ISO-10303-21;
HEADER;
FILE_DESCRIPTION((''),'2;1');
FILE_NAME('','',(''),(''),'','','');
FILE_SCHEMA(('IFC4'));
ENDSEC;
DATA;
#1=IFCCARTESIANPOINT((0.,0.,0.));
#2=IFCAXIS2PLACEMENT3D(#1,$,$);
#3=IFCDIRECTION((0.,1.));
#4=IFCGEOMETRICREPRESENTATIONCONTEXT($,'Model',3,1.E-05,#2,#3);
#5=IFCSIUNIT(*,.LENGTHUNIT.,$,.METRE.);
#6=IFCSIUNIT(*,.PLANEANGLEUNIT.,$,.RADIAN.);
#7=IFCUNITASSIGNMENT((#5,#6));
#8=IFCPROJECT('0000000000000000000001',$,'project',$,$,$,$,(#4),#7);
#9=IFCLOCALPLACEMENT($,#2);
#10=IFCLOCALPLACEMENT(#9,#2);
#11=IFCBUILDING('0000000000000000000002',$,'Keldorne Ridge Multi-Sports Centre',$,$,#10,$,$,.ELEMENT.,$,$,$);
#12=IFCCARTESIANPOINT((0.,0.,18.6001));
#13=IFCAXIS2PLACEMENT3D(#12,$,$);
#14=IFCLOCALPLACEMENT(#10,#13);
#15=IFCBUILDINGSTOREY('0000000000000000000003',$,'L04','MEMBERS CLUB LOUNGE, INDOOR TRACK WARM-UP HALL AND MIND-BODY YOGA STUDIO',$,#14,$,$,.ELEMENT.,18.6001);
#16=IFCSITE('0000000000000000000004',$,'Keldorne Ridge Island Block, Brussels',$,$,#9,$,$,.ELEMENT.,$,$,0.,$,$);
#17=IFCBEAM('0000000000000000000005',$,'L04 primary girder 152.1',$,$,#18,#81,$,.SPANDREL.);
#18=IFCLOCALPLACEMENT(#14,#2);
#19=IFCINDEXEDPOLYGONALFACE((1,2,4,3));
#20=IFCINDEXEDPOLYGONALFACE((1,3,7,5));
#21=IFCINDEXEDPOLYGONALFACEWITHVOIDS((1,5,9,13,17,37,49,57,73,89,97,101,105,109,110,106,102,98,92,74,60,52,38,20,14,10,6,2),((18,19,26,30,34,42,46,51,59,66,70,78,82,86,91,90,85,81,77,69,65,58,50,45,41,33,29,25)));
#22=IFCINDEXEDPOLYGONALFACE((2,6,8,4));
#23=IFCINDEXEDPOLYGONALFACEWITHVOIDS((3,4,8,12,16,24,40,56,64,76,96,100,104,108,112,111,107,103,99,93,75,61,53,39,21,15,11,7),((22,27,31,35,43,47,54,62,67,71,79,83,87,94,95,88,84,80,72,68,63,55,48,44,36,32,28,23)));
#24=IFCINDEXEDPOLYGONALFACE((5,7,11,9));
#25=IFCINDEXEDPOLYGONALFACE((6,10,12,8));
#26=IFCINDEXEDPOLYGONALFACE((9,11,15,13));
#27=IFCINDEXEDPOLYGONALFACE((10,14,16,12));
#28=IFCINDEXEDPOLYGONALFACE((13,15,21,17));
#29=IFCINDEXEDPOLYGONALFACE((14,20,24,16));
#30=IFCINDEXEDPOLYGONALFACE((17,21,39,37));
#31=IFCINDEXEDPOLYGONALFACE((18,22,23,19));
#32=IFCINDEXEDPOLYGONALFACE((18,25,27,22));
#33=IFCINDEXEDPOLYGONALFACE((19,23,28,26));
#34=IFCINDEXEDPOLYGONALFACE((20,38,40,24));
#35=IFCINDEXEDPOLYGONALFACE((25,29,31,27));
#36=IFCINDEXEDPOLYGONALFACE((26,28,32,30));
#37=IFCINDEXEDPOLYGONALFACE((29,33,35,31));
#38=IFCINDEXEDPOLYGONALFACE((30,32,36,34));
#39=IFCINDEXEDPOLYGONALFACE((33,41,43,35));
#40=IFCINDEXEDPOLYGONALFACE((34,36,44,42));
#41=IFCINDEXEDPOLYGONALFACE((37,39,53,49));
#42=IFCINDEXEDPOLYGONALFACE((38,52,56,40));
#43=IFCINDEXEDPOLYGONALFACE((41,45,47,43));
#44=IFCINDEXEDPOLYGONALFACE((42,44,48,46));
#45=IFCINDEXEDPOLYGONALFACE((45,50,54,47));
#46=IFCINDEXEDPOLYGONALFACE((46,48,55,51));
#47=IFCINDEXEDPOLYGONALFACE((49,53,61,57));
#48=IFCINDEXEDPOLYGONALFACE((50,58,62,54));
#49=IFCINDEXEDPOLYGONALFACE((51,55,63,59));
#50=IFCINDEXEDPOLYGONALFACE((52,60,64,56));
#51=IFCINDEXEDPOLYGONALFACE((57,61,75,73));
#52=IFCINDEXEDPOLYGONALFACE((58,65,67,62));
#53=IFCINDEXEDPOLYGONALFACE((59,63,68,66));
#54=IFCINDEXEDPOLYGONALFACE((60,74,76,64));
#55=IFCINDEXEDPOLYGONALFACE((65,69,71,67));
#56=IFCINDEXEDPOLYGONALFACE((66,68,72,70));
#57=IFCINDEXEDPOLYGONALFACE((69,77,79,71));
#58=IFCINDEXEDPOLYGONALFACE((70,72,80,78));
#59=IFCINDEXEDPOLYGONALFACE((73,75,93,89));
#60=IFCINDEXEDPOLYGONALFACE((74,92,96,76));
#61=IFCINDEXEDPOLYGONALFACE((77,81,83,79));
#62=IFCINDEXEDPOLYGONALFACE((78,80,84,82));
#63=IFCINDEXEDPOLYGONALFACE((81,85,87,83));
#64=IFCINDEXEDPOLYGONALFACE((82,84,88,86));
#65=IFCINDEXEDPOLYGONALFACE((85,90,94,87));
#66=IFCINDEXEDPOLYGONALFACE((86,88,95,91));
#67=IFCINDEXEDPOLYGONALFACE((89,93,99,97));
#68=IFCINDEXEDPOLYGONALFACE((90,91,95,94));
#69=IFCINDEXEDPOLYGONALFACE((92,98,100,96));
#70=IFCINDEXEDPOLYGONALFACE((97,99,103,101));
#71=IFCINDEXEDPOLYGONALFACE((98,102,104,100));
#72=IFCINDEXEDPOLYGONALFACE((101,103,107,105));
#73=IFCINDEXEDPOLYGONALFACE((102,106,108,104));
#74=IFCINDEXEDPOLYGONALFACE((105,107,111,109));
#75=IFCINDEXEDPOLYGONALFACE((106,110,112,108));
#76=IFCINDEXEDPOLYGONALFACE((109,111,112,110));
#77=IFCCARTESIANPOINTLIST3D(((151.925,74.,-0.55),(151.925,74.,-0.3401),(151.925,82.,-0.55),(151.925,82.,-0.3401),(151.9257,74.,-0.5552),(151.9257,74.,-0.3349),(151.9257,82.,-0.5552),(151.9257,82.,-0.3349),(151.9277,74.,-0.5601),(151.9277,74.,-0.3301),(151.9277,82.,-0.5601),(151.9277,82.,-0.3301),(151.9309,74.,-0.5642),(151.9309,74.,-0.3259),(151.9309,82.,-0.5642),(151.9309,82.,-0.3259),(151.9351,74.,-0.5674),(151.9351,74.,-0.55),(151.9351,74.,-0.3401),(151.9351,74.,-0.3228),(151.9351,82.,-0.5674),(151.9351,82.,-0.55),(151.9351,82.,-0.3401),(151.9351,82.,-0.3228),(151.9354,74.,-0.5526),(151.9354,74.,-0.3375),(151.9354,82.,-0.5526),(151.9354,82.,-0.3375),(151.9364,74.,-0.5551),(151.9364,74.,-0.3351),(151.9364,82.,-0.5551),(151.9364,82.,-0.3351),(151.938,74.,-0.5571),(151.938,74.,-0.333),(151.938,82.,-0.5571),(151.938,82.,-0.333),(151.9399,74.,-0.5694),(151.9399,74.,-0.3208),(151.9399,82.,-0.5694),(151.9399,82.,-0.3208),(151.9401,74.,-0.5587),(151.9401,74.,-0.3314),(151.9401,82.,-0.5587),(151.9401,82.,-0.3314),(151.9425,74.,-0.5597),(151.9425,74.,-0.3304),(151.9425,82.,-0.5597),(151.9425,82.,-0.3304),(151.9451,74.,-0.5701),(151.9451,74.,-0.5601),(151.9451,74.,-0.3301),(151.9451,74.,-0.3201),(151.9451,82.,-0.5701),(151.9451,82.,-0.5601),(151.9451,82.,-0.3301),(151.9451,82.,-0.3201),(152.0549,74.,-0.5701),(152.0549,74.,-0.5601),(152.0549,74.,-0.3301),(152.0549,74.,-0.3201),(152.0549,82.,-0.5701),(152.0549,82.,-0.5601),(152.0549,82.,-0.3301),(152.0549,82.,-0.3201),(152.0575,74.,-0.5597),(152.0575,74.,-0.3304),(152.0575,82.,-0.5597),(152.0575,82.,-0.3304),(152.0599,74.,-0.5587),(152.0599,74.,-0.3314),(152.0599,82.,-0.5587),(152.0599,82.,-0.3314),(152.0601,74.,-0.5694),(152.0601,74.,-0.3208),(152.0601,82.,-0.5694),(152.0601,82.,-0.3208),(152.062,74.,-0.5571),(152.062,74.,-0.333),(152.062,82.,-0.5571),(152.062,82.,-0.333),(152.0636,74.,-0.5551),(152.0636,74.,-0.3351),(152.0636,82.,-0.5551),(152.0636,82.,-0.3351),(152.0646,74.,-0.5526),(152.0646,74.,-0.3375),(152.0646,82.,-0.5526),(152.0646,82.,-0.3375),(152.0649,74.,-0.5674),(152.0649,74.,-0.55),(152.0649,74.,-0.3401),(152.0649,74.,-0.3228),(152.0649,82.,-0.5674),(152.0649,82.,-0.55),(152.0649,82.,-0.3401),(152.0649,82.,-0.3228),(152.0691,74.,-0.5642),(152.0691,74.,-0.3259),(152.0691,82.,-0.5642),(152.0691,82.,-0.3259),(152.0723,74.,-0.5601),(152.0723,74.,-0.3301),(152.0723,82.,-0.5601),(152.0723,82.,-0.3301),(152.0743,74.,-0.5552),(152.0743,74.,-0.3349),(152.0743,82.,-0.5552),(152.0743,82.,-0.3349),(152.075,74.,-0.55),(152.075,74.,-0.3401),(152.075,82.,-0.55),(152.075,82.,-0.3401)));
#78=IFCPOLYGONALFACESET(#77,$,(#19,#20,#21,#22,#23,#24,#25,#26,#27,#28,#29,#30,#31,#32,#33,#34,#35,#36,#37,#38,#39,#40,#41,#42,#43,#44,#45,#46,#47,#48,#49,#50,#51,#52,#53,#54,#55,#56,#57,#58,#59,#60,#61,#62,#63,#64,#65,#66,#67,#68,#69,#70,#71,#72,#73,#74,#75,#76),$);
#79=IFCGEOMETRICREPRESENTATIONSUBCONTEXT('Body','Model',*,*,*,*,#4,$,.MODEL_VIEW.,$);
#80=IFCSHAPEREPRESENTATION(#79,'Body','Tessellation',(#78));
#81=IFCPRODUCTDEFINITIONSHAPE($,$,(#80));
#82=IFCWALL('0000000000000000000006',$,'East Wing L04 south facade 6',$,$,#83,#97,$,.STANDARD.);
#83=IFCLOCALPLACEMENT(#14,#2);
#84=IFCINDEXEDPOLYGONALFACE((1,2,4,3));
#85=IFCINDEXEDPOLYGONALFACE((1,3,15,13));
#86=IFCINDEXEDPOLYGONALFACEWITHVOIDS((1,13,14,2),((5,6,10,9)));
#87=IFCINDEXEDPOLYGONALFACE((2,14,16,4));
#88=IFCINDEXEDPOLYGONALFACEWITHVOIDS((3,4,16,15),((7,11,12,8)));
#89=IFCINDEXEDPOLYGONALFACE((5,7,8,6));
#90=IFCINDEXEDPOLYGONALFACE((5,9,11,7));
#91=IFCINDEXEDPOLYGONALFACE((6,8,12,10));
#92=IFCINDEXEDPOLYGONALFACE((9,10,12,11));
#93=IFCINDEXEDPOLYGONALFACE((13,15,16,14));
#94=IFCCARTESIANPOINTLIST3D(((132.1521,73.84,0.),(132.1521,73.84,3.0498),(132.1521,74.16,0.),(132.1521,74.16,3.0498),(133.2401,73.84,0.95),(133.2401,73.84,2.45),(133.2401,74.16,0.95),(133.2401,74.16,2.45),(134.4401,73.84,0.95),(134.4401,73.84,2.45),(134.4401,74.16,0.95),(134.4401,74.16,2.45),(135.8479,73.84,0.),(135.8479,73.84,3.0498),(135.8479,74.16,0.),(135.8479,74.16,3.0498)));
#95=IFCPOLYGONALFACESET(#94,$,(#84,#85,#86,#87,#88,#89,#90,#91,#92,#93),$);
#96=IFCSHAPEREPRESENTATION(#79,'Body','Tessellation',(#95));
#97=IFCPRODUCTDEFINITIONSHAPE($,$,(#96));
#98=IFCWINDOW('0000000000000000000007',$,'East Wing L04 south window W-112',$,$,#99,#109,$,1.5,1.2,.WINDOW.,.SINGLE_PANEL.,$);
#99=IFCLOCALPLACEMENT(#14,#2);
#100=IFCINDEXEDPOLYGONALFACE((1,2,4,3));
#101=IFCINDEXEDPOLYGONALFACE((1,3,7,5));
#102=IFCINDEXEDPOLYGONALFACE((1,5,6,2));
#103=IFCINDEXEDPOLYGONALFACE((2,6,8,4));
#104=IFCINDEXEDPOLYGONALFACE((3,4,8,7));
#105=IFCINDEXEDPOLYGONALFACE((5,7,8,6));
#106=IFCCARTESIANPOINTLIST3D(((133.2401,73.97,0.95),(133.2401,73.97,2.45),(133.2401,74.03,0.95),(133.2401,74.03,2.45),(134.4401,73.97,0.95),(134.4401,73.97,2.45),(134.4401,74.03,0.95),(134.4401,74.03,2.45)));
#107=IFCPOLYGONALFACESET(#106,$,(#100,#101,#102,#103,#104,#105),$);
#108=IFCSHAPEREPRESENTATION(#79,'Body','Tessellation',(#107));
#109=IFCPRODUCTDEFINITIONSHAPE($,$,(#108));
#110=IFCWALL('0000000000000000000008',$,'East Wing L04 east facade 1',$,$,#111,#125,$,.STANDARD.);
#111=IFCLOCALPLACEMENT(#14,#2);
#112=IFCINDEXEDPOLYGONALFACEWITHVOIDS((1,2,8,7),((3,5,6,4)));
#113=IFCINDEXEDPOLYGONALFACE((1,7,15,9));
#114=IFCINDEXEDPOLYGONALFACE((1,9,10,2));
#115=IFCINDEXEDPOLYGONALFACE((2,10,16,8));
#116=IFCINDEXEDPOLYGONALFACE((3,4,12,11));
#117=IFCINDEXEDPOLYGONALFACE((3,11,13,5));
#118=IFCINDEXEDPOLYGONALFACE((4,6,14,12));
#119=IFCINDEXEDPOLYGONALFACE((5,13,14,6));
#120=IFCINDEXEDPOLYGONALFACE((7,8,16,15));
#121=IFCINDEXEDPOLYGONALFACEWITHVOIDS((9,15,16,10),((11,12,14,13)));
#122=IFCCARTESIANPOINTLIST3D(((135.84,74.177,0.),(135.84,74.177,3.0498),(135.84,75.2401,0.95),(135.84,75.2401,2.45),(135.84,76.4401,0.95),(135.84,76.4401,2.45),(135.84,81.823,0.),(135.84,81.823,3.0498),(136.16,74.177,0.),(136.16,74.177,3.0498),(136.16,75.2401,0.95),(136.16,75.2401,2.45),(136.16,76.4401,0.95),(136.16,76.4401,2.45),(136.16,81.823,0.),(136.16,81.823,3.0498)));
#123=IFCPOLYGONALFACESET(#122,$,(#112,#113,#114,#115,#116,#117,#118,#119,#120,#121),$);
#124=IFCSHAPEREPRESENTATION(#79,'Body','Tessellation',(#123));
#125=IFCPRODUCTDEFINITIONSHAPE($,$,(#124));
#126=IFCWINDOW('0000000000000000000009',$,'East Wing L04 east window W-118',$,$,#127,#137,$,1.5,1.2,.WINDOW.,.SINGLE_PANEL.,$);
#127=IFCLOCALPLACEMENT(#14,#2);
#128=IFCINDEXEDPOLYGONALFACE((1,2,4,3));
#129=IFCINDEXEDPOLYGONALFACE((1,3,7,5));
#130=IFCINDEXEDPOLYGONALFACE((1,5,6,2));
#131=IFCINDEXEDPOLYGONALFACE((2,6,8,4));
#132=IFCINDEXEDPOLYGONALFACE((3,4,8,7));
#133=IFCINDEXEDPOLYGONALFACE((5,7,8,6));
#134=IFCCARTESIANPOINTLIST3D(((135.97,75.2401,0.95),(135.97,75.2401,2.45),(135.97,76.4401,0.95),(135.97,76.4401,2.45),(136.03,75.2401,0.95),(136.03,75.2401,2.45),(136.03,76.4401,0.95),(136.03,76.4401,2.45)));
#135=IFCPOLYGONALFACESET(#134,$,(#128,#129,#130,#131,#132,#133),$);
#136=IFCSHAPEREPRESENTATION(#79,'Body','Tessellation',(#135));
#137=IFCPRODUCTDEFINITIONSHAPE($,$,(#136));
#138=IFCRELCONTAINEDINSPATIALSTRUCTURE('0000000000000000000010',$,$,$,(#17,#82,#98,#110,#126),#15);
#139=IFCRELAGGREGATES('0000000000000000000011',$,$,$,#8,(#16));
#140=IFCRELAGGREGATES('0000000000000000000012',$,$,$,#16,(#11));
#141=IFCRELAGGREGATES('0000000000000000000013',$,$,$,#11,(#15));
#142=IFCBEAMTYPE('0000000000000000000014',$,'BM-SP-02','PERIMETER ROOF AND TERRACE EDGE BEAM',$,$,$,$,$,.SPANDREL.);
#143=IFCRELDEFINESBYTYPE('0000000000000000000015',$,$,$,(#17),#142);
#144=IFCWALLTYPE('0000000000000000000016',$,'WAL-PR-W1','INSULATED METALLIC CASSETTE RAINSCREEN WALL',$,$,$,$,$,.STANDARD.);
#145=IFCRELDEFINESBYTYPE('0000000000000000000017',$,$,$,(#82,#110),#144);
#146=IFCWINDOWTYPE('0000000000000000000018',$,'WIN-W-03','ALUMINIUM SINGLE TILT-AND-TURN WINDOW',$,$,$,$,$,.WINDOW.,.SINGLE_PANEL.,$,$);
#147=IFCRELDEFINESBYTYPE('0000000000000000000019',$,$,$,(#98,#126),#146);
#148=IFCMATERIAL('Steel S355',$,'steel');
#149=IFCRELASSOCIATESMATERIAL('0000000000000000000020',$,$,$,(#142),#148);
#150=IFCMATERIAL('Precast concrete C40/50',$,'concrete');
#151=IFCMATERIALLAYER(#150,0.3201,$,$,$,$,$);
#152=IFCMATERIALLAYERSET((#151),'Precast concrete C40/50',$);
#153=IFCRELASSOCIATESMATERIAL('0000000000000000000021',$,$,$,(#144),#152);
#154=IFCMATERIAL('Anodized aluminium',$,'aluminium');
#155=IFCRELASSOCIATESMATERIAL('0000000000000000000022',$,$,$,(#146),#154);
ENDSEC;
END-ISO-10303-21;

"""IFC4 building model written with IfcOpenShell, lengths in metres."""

from ifc_helpers import new_model, si_unit, direction, frame, frame_2d, origin, origin_2d, place, context, subcontext, project, spatial, rectangle, hollow_rectangle, extrude, material, layer, layer_set, material_profile, profile_set, type_object, element, fill, save


model = new_model("IFC4")

# Units and contexts
model_context = context("Model", 3, precision=1e-05, world=origin(), true_north=direction((0.0, 1.0)))
body_context = subcontext(model_context, "Body", "Model", "MODEL_VIEW")
ifc_project = project(units=[si_unit("LENGTHUNIT", "METRE"), si_unit("PLANEANGLEUNIT", "RADIAN")], contexts=[model_context])

# Site, building, storey
site_placement = place(None, origin())
site = spatial("IfcSite", under=ifc_project, at=site_placement, Name="Keldorne Ridge Island Block, Brussels", CompositionType="ELEMENT", RefElevation=0.0)
building_placement = place(site_placement, origin())
building = spatial("IfcBuilding", under=site, at=building_placement, Name="Keldorne Ridge Multi-Sports Centre", CompositionType="ELEMENT")
storey_placement = place(building_placement, frame((0.0, 0.0, 18.6001)))
storey = spatial("IfcBuildingStorey", under=building, at=storey_placement, Name="L04", Description="MEMBERS CLUB LOUNGE, INDOOR TRACK WARM-UP HALL AND MIND-BODY YOGA STUDIO", CompositionType="ELEMENT", Elevation=18.6001)

# Shared definitions
ifc_material_1 = material(Name="Steel S355", Category="steel")

# Beam
ifc_material_profile_1 = material_profile(ifc_material_1, hollow_rectangle(XDim=0.1499, YDim=0.25, WallThickness=0.01, InnerFilletRadius=0.01, OuterFilletRadius=0.02, at=origin_2d()), Name="RHS 250x150x10")
ifc_profile_set_1 = profile_set([ifc_material_profile_1], Name="Steel S355")
beam_type_1 = type_object("IfcBeamType", Name="BM-SP-02", Description="PERIMETER ROOF AND TERRACE EDGE BEAM", PredefinedType="SPANDREL", material=ifc_profile_set_1)
beam_1_placement = place(storey_placement, frame((152.0, 74.0, -0.4451), z_axis=(0.0, 1.0, 0.0), x_axis=(-1.0, 0.0, 0.0)))
element("IfcBeam", 1, at=beam_1_placement, inside=storey, type_object=beam_type_1, Name="L04 primary girder 152.1", PredefinedType="SPANDREL", context=body_context, shape_type="SweptSolid", body=[
    extrude(hollow_rectangle(XDim=0.1499, YDim=0.25, WallThickness=0.01, InnerFilletRadius=0.01, OuterFilletRadius=0.02, at=origin_2d()), origin(), (0.0, 0.0, 1.0), 8.0),
])

# Walls, openings, windows
ifc_material_2 = material(Name="Precast concrete C40/50", Category="concrete")
ifc_layer = layer(ifc_material_2, 0.3201)
ifc_layer_set = layer_set([ifc_layer], Name="Precast concrete C40/50")
wall_type = type_object("IfcWallType", Name="WAL-PR-W1", Description="INSULATED METALLIC CASSETTE RAINSCREEN WALL", PredefinedType="STANDARD", material=ifc_layer_set)
wall_1_placement = place(storey_placement, frame((132.1521, 74.0, 0.0), z_axis=(0.0, 0.0, 1.0), x_axis=(1.0, 0.0, 0.0)))
wall_1 = element("IfcWall", 2, at=wall_1_placement, inside=storey, type_object=wall_type, Name="East Wing L04 south facade 6", PredefinedType="STANDARD", context=body_context, shape_type="SweptSolid", body=[
    extrude(rectangle(XDim=3.6958, YDim=0.3201, at=frame_2d((1.8479, 0.0))), origin(), (0.0, 0.0, 1.0), 3.0498),
])
opening_1_placement = place(wall_1_placement, frame((1.0879, 0.0, 0.95)))
opening_1 = element("IfcOpeningElement", 3, at=opening_1_placement, cuts=wall_1, PredefinedType="OPENING", context=body_context, shape_type="SweptSolid", body=[
    extrude(rectangle(XDim=1.2, YDim=1.5, at=frame_2d((0.6001, 0.75))), frame((0.0, 0.1699, 0.0), z_axis=(0.0, -1.0, 0.0), x_axis=(1.0, 0.0, 0.0)), (0.0, 0.0, 1.0), 0.3401),
])
ifc_material_3 = material(Name="Anodized aluminium", Category="aluminium")
window_type = type_object("IfcWindowType", Name="WIN-W-03", Description="ALUMINIUM SINGLE TILT-AND-TURN WINDOW", PartitioningType="SINGLE_PANEL", PredefinedType="WINDOW", material=ifc_material_3)
window_1_placement = place(opening_1_placement, origin())
window_1 = element("IfcWindow", 4, at=window_1_placement, inside=storey, type_object=window_type, Name="East Wing L04 south window W-112", OverallHeight=1.5, OverallWidth=1.2, PartitioningType="SINGLE_PANEL", PredefinedType="WINDOW", context=body_context, shape_type="SweptSolid", body=[
    extrude(rectangle(XDim=1.2, YDim=1.5, at=frame_2d((0.6001, 0.75))), frame((0.0, 0.03, 0.0), z_axis=(0.0, -1.0, 0.0), x_axis=(1.0, 0.0, 0.0)), (0.0, 0.0, 1.0), 0.0601),
])
fill(opening_1, window_1)
wall_2_placement = place(storey_placement, frame((136.0, 74.177, 0.0), z_axis=(0.0, 0.0, 1.0), x_axis=(0.0, 1.0, 0.0)))
wall_2 = element("IfcWall", 5, at=wall_2_placement, inside=storey, type_object=wall_type, Name="East Wing L04 east facade 1", PredefinedType="STANDARD", context=body_context, shape_type="SweptSolid", body=[
    extrude(rectangle(XDim=7.646, YDim=0.3201, at=frame_2d((3.823, 0.0))), origin(), (0.0, 0.0, 1.0), 3.0498),
])
opening_2_placement = place(wall_2_placement, frame((1.063, 0.0, 0.95)))
opening_2 = element("IfcOpeningElement", 6, at=opening_2_placement, cuts=wall_2, PredefinedType="OPENING", context=body_context, shape_type="SweptSolid", body=[
    extrude(rectangle(XDim=1.2, YDim=1.5, at=frame_2d((0.6001, 0.75))), frame((0.0, 0.1699, 0.0), z_axis=(0.0, -1.0, 0.0), x_axis=(1.0, 0.0, 0.0)), (0.0, 0.0, 1.0), 0.3401),
])
window_2_placement = place(opening_2_placement, origin())
window_2 = element("IfcWindow", 7, at=window_2_placement, inside=storey, type_object=window_type, Name="East Wing L04 east window W-118", OverallHeight=1.5, OverallWidth=1.2, PartitioningType="SINGLE_PANEL", PredefinedType="WINDOW", context=body_context, shape_type="SweptSolid", body=[
    extrude(rectangle(XDim=1.2, YDim=1.5, at=frame_2d((0.6001, 0.75))), frame((0.0, 0.03, 0.0), z_axis=(0.0, -1.0, 0.0), x_axis=(1.0, 0.0, 0.0)), (0.0, 0.0, 1.0), 0.0601),
])
fill(opening_2, window_2)

save(model, "model.ifc")
